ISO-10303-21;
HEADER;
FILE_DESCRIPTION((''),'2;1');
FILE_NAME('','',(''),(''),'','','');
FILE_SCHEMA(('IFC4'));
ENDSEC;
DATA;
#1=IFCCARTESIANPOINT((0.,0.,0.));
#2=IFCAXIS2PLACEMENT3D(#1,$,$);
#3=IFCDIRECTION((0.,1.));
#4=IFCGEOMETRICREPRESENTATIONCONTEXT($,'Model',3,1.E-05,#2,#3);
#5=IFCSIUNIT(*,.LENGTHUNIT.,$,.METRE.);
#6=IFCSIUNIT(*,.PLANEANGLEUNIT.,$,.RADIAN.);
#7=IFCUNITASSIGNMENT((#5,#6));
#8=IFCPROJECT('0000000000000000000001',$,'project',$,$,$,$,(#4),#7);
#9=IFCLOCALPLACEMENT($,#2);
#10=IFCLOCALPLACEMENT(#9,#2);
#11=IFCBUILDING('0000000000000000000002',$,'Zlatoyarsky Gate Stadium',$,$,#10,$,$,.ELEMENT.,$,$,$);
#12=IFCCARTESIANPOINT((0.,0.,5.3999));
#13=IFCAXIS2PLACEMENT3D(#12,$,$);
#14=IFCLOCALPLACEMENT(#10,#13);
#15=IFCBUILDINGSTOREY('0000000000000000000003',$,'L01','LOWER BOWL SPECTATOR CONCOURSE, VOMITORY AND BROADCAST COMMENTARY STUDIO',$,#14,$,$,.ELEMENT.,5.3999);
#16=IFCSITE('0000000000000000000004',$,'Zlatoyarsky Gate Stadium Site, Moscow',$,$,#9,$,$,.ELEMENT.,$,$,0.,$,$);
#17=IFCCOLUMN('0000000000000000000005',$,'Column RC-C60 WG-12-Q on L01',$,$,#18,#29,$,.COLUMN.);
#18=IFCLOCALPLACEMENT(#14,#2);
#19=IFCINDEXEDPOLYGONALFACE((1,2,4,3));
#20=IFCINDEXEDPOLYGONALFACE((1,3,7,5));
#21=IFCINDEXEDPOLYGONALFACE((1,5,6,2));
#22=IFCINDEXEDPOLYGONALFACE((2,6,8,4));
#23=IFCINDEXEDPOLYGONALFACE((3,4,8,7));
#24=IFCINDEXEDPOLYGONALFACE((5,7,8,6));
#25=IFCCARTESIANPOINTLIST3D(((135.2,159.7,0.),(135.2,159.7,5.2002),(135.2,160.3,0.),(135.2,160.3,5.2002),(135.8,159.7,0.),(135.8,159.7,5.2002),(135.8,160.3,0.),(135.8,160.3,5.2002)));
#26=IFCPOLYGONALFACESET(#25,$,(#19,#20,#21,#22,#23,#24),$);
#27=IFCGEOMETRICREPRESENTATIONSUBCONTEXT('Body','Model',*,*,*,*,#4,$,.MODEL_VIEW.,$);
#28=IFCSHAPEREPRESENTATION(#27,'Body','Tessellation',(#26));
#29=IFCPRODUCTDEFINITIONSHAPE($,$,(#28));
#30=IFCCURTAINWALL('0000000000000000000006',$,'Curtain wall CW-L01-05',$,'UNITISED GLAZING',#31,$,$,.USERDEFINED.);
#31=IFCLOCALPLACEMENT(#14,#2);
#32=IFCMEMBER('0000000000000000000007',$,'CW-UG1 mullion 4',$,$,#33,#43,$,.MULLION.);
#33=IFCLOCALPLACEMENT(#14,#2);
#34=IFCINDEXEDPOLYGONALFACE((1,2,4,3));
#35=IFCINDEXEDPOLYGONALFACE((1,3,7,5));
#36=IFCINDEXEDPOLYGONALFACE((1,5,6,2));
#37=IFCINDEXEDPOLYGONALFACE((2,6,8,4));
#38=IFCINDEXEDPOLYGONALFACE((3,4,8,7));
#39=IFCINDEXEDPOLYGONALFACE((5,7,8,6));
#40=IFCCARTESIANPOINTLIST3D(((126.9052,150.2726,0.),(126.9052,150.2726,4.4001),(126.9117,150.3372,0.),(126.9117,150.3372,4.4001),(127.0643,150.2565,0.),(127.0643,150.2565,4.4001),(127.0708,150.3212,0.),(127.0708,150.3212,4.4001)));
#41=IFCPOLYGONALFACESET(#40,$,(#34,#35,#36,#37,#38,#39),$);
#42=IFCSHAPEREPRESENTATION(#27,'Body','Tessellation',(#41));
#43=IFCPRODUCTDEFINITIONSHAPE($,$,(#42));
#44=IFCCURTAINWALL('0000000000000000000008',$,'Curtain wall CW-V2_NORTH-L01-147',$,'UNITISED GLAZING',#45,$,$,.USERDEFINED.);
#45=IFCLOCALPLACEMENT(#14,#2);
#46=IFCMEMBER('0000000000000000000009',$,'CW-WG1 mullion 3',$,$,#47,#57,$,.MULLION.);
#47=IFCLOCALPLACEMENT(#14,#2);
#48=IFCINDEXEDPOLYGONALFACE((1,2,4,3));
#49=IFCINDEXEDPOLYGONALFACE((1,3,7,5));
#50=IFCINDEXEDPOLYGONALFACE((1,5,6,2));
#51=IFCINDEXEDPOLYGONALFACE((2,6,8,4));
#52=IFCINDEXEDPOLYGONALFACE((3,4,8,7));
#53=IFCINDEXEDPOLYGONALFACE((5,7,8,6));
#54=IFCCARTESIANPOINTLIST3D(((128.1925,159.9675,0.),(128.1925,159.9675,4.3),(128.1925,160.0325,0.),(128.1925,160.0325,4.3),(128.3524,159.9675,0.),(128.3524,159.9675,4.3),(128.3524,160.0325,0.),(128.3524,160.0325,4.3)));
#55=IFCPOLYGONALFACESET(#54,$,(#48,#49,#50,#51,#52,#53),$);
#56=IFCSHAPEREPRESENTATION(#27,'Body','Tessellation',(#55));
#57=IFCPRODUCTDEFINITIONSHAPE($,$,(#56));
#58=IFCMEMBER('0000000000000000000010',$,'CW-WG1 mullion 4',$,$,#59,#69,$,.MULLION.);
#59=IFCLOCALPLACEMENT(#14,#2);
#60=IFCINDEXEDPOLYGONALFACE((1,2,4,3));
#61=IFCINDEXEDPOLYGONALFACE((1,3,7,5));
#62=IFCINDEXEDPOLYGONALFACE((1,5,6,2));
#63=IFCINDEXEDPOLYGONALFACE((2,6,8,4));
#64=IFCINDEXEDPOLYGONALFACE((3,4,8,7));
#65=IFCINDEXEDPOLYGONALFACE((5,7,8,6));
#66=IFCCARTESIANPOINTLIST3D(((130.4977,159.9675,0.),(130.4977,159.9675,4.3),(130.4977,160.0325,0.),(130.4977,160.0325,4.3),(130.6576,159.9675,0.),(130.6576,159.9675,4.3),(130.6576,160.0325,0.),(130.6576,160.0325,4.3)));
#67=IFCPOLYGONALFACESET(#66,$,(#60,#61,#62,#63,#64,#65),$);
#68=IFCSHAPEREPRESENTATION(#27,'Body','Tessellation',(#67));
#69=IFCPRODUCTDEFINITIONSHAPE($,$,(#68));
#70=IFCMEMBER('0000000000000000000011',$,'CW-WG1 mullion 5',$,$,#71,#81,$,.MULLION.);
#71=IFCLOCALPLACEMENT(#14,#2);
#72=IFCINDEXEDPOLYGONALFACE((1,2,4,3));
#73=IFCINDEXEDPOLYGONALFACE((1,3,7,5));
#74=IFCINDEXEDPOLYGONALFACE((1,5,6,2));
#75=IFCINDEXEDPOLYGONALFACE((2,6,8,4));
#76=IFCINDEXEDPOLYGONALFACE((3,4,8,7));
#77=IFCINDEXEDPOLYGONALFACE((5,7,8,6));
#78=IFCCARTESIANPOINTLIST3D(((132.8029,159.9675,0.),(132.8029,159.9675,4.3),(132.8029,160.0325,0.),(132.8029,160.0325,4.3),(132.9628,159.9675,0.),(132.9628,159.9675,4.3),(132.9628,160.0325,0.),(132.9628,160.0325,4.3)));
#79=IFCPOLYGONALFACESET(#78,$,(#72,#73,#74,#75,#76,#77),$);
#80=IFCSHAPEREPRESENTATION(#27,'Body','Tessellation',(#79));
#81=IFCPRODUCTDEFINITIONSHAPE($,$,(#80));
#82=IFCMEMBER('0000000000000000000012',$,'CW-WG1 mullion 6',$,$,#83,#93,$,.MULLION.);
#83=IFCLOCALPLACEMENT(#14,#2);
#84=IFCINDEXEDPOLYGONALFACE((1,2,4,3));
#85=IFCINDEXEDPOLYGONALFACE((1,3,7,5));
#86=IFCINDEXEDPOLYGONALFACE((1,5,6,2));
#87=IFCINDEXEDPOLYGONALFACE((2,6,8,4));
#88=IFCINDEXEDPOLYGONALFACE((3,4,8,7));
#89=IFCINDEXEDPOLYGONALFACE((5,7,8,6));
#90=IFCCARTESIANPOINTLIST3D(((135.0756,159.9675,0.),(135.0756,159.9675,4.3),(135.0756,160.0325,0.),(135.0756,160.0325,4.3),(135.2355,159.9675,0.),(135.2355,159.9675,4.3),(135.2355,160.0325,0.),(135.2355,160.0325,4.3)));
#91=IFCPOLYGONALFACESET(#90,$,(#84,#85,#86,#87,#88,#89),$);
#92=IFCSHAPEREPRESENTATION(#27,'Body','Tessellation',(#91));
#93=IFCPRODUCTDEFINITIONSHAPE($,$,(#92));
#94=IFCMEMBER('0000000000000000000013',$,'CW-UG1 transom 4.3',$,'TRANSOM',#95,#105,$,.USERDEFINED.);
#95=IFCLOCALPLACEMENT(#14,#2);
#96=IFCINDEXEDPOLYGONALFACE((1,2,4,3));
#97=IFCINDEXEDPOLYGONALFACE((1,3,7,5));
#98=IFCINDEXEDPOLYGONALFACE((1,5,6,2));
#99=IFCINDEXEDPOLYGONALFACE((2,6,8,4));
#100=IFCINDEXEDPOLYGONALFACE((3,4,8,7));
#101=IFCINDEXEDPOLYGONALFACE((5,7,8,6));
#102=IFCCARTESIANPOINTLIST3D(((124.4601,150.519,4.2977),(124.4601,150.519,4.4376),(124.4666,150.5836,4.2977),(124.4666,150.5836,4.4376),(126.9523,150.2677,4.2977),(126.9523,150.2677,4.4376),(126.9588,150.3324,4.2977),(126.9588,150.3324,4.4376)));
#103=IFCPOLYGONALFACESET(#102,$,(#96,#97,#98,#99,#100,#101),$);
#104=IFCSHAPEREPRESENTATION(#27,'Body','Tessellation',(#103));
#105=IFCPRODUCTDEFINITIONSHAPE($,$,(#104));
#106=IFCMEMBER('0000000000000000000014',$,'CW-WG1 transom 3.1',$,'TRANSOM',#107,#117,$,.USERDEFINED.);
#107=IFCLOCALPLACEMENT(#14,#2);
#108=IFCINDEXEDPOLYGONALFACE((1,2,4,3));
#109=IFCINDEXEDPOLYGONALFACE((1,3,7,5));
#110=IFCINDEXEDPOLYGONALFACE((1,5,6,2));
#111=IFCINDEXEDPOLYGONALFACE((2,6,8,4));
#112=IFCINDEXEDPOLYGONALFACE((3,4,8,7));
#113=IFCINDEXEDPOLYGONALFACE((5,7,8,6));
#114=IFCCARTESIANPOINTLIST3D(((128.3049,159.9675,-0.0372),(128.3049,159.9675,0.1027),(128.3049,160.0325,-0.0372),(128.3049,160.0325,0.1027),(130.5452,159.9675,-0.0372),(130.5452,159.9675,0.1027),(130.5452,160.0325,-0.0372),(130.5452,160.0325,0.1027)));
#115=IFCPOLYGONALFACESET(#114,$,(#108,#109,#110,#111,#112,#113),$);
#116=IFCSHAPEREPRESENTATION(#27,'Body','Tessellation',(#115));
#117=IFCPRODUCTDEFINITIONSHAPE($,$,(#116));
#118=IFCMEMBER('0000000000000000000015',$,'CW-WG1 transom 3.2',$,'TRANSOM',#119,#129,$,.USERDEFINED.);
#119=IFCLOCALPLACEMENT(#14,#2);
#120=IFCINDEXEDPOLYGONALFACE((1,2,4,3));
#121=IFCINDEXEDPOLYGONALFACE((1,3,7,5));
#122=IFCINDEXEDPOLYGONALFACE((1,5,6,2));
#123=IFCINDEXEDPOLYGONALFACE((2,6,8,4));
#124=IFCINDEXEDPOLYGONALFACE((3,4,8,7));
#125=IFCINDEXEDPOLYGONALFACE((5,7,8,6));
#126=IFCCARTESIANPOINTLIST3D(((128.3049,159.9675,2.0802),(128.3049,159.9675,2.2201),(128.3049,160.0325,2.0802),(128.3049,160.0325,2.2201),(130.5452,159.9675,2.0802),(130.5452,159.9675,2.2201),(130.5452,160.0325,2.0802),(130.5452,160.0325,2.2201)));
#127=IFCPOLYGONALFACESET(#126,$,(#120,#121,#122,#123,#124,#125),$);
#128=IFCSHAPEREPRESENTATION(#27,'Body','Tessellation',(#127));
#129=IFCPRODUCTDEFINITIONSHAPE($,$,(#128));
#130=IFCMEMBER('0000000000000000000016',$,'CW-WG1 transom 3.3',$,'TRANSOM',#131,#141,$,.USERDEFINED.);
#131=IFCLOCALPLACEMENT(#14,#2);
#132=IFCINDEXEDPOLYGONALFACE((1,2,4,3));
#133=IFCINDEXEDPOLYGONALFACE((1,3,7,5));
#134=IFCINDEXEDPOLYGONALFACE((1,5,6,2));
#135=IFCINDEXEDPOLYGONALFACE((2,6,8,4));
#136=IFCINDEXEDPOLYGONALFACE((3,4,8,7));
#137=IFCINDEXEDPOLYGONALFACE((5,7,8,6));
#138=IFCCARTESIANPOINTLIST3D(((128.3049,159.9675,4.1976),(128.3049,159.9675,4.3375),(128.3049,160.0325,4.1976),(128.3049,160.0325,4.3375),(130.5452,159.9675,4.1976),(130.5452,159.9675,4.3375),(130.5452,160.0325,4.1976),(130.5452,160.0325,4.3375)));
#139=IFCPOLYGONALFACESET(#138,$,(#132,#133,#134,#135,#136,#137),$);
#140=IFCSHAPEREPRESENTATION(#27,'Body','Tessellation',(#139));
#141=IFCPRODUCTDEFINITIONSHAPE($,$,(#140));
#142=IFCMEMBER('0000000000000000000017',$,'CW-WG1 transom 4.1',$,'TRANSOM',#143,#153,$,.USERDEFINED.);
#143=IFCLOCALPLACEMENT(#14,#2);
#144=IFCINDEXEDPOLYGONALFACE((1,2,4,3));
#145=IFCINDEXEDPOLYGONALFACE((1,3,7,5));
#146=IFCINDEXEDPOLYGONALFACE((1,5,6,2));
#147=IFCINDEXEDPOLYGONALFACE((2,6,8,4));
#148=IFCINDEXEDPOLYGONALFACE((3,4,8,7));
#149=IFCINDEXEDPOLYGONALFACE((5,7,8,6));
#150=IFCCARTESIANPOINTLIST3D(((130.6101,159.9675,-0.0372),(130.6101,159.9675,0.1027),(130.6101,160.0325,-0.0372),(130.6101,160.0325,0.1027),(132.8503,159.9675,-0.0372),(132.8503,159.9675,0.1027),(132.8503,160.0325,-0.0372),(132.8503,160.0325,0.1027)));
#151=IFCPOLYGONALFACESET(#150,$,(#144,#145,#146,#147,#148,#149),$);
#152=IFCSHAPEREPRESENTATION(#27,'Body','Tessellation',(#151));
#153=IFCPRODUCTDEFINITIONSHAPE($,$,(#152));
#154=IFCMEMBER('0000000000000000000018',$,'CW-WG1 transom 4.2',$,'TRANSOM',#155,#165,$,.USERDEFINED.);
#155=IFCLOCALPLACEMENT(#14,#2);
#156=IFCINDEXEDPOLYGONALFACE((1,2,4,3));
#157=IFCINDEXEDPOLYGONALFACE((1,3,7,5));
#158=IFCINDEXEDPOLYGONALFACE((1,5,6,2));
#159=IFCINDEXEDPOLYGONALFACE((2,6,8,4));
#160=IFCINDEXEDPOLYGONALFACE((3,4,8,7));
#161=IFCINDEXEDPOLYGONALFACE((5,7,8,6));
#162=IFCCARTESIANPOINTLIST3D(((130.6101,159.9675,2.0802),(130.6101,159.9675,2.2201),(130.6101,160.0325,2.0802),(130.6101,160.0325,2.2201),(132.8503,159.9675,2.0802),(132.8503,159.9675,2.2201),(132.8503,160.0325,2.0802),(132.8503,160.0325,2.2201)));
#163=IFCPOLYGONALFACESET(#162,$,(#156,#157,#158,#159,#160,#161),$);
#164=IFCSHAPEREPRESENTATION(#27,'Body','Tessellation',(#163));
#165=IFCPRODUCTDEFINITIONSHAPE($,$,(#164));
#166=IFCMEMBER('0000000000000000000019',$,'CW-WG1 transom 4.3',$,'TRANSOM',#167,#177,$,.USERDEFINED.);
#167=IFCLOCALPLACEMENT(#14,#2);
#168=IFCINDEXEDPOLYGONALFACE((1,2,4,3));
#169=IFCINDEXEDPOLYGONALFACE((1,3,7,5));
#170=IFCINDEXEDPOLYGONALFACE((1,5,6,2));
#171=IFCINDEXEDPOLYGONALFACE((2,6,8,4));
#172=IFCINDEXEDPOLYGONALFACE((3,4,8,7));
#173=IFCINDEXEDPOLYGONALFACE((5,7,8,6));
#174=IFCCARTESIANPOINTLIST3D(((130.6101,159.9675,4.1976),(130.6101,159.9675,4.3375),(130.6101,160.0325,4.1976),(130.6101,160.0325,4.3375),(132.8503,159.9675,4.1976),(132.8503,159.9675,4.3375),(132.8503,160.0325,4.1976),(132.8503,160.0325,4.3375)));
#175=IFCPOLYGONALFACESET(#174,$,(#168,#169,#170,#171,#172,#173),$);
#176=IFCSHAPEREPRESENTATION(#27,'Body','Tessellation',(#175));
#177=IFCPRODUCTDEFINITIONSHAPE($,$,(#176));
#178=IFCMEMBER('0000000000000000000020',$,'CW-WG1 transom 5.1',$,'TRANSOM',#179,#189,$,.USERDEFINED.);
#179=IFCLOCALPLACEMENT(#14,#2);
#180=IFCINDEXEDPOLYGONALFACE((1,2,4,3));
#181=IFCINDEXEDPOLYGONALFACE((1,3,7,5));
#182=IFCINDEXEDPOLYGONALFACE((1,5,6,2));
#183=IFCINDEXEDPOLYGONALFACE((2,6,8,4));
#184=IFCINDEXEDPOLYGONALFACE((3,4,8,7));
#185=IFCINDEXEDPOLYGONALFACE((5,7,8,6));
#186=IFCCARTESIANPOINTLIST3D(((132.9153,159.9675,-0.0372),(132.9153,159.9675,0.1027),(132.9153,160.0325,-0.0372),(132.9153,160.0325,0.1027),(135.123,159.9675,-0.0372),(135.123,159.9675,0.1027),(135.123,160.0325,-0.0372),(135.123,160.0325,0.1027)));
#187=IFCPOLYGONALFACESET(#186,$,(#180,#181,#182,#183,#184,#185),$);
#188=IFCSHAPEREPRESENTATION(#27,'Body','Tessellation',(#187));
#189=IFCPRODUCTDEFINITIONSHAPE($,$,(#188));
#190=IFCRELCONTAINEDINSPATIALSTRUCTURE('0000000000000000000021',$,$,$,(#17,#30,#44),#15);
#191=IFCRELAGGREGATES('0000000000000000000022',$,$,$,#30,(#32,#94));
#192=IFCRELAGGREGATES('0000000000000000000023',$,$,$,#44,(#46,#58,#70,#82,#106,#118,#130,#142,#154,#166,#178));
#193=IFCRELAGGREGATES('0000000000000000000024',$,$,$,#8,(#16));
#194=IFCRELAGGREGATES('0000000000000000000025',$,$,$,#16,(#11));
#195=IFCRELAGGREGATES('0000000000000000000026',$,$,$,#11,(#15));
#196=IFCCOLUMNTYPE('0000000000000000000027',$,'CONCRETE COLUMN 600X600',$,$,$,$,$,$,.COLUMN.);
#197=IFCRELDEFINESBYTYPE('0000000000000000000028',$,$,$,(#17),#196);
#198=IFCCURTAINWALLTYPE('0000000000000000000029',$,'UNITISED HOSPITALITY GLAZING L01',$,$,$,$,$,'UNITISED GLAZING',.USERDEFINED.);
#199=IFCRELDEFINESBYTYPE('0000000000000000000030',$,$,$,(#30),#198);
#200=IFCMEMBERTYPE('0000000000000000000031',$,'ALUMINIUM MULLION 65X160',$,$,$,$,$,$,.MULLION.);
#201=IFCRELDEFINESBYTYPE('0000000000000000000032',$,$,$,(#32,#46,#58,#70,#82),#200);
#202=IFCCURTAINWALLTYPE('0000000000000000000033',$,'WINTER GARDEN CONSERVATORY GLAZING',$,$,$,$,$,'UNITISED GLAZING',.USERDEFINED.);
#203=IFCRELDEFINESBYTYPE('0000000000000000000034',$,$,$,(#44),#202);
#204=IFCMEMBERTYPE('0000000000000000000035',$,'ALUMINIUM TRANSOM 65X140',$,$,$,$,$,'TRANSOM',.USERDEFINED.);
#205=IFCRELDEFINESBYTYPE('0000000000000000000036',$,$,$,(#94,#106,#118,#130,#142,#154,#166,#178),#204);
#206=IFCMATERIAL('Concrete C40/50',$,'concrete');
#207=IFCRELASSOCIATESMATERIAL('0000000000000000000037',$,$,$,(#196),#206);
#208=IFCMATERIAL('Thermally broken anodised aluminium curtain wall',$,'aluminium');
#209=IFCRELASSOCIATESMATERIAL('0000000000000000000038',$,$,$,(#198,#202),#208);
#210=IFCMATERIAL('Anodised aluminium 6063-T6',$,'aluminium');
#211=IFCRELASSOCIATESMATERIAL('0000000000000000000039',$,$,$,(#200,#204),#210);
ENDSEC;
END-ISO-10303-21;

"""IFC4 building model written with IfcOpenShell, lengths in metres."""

from ifc_helpers import new_model, si_unit, direction, frame, origin, origin_2d, place, context, subcontext, project, spatial, rectangle, extrude, material, material_profile, profile_set, type_object, element, aggregate, save


model = new_model("IFC4")

# Units and contexts
model_context = context("Model", 3, precision=1e-05, world=origin(), true_north=direction((0.0, 1.0)))
body_context = subcontext(model_context, "Body", "Model", "MODEL_VIEW")
ifc_project = project(units=[si_unit("LENGTHUNIT", "METRE"), si_unit("PLANEANGLEUNIT", "RADIAN")], contexts=[model_context])

# Site, building, storey
site_placement = place(None, origin())
site = spatial("IfcSite", under=ifc_project, at=site_placement, Name="Zlatoyarsky Gate Stadium Site, Moscow", CompositionType="ELEMENT", RefElevation=0.0)
building_placement = place(site_placement, origin())
building = spatial("IfcBuilding", under=site, at=building_placement, Name="Zlatoyarsky Gate Stadium", CompositionType="ELEMENT")
storey_placement = place(building_placement, frame((0.0, 0.0, 5.3999)))
storey = spatial("IfcBuildingStorey", under=building, at=storey_placement, Name="L01", Description="LOWER BOWL SPECTATOR CONCOURSE, VOMITORY AND BROADCAST COMMENTARY STUDIO", CompositionType="ELEMENT", Elevation=5.3999)

# Column
ifc_material_1 = material(Name="Concrete C40/50", Category="concrete")
ifc_material_profile_1 = material_profile(ifc_material_1, rectangle(XDim=0.6001, YDim=0.6001, at=origin_2d()), Name="RC COL 600X600")
ifc_profile_set_1 = profile_set([ifc_material_profile_1], Name="Concrete C40/50")
column_type = type_object("IfcColumnType", Name="CONCRETE COLUMN 600X600", PredefinedType="COLUMN", material=ifc_profile_set_1)
column_placement = place(storey_placement, frame((135.5, 160.0, 0.0), z_axis=(0.0, 0.0, 1.0), x_axis=(1.0, 0.0, 0.0)))
element("IfcColumn", 1, at=column_placement, inside=storey, type_object=column_type, Name="Column RC-C60 WG-12-Q on L01", PredefinedType="COLUMN", context=body_context, shape_type="SweptSolid", body=[
    extrude(rectangle(XDim=0.6001, YDim=0.6001, at=origin_2d()), origin(), (0.0, 0.0, 1.0), 5.2002),
])

# Curtain wall, member
ifc_material_2 = material(Name="Thermally broken anodised aluminium curtain wall", Category="aluminium")
curtain_wall_type_1 = type_object("IfcCurtainWallType", Name="UNITISED HOSPITALITY GLAZING L01", ElementType="UNITISED GLAZING", PredefinedType="USERDEFINED", material=ifc_material_2)
curtain_wall_1_placement = place(storey_placement, origin())
curtain_wall_1 = element("IfcCurtainWall", 2, at=curtain_wall_1_placement, inside=storey, type_object=curtain_wall_type_1, Name="Curtain wall CW-L01-05", ObjectType="UNITISED GLAZING", PredefinedType="USERDEFINED")
ifc_material_3 = material(Name="Anodised aluminium 6063-T6", Category="aluminium")
ifc_material_profile_2 = material_profile(ifc_material_3, rectangle(XDim=0.0649, YDim=0.1599, at=origin_2d()), Name="ALU 65X160")
ifc_profile_set_2 = profile_set([ifc_material_profile_2], Name="Anodised aluminium 6063-T6")
member_type_1 = type_object("IfcMemberType", Name="ALUMINIUM MULLION 65X160", PredefinedType="MULLION", material=ifc_profile_set_2)
member_1_placement = place(storey_placement, frame((126.988, 150.2969, 0.0), z_axis=(0.0, 0.0, 1.0), x_axis=(-0.1003, -0.994957, 0.0)))
member_1 = element("IfcMember", 3, at=member_1_placement, type_object=member_type_1, Name="CW-UG1 mullion 4", PredefinedType="MULLION", context=body_context, shape_type="SweptSolid", body=[
    extrude(rectangle(XDim=0.0649, YDim=0.1599, at=origin_2d()), origin(), (0.0, 0.0, 1.0), 4.4001),
])

# Curtain wall, members
curtain_wall_type_2 = type_object("IfcCurtainWallType", Name="WINTER GARDEN CONSERVATORY GLAZING", ElementType="UNITISED GLAZING", PredefinedType="USERDEFINED", material=ifc_material_2)
curtain_wall_2_placement = place(storey_placement, origin())
curtain_wall_2 = element("IfcCurtainWall", 4, at=curtain_wall_2_placement, inside=storey, type_object=curtain_wall_type_2, Name="Curtain wall CW-V2_NORTH-L01-147", ObjectType="UNITISED GLAZING", PredefinedType="USERDEFINED")
member_2_placement = place(storey_placement, frame((128.2725, 160.0, 0.0), z_axis=(0.0, 0.0, 1.0), x_axis=(0.0, 1.0, 0.0)))
member_2 = element("IfcMember", 5, at=member_2_placement, type_object=member_type_1, Name="CW-WG1 mullion 3", PredefinedType="MULLION", context=body_context, shape_type="SweptSolid", body=[
    extrude(rectangle(XDim=0.0649, YDim=0.1599, at=origin_2d()), origin(), (0.0, 0.0, 1.0), 4.3),
])
member_3_placement = place(storey_placement, frame((130.5776, 160.0, 0.0), z_axis=(0.0, 0.0, 1.0), x_axis=(0.0, 1.0, 0.0)))
member_3 = element("IfcMember", 6, at=member_3_placement, type_object=member_type_1, Name="CW-WG1 mullion 4", PredefinedType="MULLION", context=body_context, shape_type="SweptSolid", body=[
    extrude(rectangle(XDim=0.0649, YDim=0.1599, at=origin_2d()), origin(), (0.0, 0.0, 1.0), 4.3),
])
member_4_placement = place(storey_placement, frame((132.8828, 160.0, 0.0), z_axis=(0.0, 0.0, 1.0), x_axis=(0.0, 1.0, 0.0)))
member_4 = element("IfcMember", 7, at=member_4_placement, type_object=member_type_1, Name="CW-WG1 mullion 5", PredefinedType="MULLION", context=body_context, shape_type="SweptSolid", body=[
    extrude(rectangle(XDim=0.0649, YDim=0.1599, at=origin_2d()), origin(), (0.0, 0.0, 1.0), 4.3),
])
member_5_placement = place(storey_placement, frame((135.1555, 160.0, 0.0), z_axis=(0.0, 0.0, 1.0), x_axis=(0.0, 1.0, 0.0)))
member_5 = element("IfcMember", 8, at=member_5_placement, type_object=member_type_1, Name="CW-WG1 mullion 6", PredefinedType="MULLION", context=body_context, shape_type="SweptSolid", body=[
    extrude(rectangle(XDim=0.0649, YDim=0.1599, at=origin_2d()), origin(), (0.0, 0.0, 1.0), 4.3),
])

# Members
ifc_material_profile_3 = material_profile(ifc_material_3, rectangle(XDim=0.0649, YDim=0.1399, at=origin_2d()), Name="ALU 65X140")
ifc_profile_set_3 = profile_set([ifc_material_profile_3], Name="Anodised aluminium 6063-T6")
member_type_2 = type_object("IfcMemberType", Name="ALUMINIUM TRANSOM 65X140", ElementType="TRANSOM", PredefinedType="USERDEFINED", material=ifc_profile_set_3)
member_6_placement = place(storey_placement, frame((126.9556, 150.3, 4.3677), z_axis=(-0.994958, 0.100295, 0.0), x_axis=(-0.100295, -0.994958, 0.0)))
member_6 = element("IfcMember", 9, at=member_6_placement, type_object=member_type_2, Name="CW-UG1 transom 4.3", ObjectType="TRANSOM", PredefinedType="USERDEFINED", context=body_context, shape_type="SweptSolid", body=[
    extrude(rectangle(XDim=0.0649, YDim=0.1399, at=origin_2d()), origin(), (0.0, 0.0, 1.0), 2.5049),
])
aggregate(curtain_wall_1, [member_1, member_6])
member_7_placement = place(storey_placement, frame((128.3049, 160.0, 0.0327), z_axis=(1.0, 0.0, 0.0), x_axis=(0.0, 1.0, 0.0)))
member_7 = element("IfcMember", 10, at=member_7_placement, type_object=member_type_2, Name="CW-WG1 transom 3.1", ObjectType="TRANSOM", PredefinedType="USERDEFINED", context=body_context, shape_type="SweptSolid", body=[
    extrude(rectangle(XDim=0.0649, YDim=0.1399, at=origin_2d()), origin(), (0.0, 0.0, 1.0), 2.2402),
])
member_8_placement = place(storey_placement, frame((128.3049, 160.0, 2.1501), z_axis=(1.0, 0.0, 0.0), x_axis=(0.0, 1.0, 0.0)))
member_8 = element("IfcMember", 11, at=member_8_placement, type_object=member_type_2, Name="CW-WG1 transom 3.2", ObjectType="TRANSOM", PredefinedType="USERDEFINED", context=body_context, shape_type="SweptSolid", body=[
    extrude(rectangle(XDim=0.0649, YDim=0.1399, at=origin_2d()), origin(), (0.0, 0.0, 1.0), 2.2402),
])
member_9_placement = place(storey_placement, frame((128.3049, 160.0, 4.2676), z_axis=(1.0, 0.0, 0.0), x_axis=(0.0, 1.0, 0.0)))
member_9 = element("IfcMember", 12, at=member_9_placement, type_object=member_type_2, Name="CW-WG1 transom 3.3", ObjectType="TRANSOM", PredefinedType="USERDEFINED", context=body_context, shape_type="SweptSolid", body=[
    extrude(rectangle(XDim=0.0649, YDim=0.1399, at=origin_2d()), origin(), (0.0, 0.0, 1.0), 2.2402),
])
member_10_placement = place(storey_placement, frame((130.6101, 160.0, 0.0327), z_axis=(1.0, 0.0, 0.0), x_axis=(0.0, 1.0, 0.0)))
member_10 = element("IfcMember", 13, at=member_10_placement, type_object=member_type_2, Name="CW-WG1 transom 4.1", ObjectType="TRANSOM", PredefinedType="USERDEFINED", context=body_context, shape_type="SweptSolid", body=[
    extrude(rectangle(XDim=0.0649, YDim=0.1399, at=origin_2d()), origin(), (0.0, 0.0, 1.0), 2.2402),
])
member_11_placement = place(storey_placement, frame((130.6101, 160.0, 2.1501), z_axis=(1.0, 0.0, 0.0), x_axis=(0.0, 1.0, 0.0)))
member_11 = element("IfcMember", 14, at=member_11_placement, type_object=member_type_2, Name="CW-WG1 transom 4.2", ObjectType="TRANSOM", PredefinedType="USERDEFINED", context=body_context, shape_type="SweptSolid", body=[
    extrude(rectangle(XDim=0.0649, YDim=0.1399, at=origin_2d()), origin(), (0.0, 0.0, 1.0), 2.2402),
])
member_12_placement = place(storey_placement, frame((130.6101, 160.0, 4.2676), z_axis=(1.0, 0.0, 0.0), x_axis=(0.0, 1.0, 0.0)))
member_12 = element("IfcMember", 15, at=member_12_placement, type_object=member_type_2, Name="CW-WG1 transom 4.3", ObjectType="TRANSOM", PredefinedType="USERDEFINED", context=body_context, shape_type="SweptSolid", body=[
    extrude(rectangle(XDim=0.0649, YDim=0.1399, at=origin_2d()), origin(), (0.0, 0.0, 1.0), 2.2402),
])
member_13_placement = place(storey_placement, frame((132.9153, 160.0, 0.0327), z_axis=(1.0, 0.0, 0.0), x_axis=(0.0, 1.0, 0.0)))
member_13 = element("IfcMember", 16, at=member_13_placement, type_object=member_type_2, Name="CW-WG1 transom 5.1", ObjectType="TRANSOM", PredefinedType="USERDEFINED", context=body_context, shape_type="SweptSolid", body=[
    extrude(rectangle(XDim=0.0649, YDim=0.1399, at=origin_2d()), origin(), (0.0, 0.0, 1.0), 2.2078),
])

aggregate(curtain_wall_2, [member_2, member_3, member_4, member_5, member_7, member_8, member_9, member_10, member_11, member_12, member_13])

save(model, "model.ifc")
